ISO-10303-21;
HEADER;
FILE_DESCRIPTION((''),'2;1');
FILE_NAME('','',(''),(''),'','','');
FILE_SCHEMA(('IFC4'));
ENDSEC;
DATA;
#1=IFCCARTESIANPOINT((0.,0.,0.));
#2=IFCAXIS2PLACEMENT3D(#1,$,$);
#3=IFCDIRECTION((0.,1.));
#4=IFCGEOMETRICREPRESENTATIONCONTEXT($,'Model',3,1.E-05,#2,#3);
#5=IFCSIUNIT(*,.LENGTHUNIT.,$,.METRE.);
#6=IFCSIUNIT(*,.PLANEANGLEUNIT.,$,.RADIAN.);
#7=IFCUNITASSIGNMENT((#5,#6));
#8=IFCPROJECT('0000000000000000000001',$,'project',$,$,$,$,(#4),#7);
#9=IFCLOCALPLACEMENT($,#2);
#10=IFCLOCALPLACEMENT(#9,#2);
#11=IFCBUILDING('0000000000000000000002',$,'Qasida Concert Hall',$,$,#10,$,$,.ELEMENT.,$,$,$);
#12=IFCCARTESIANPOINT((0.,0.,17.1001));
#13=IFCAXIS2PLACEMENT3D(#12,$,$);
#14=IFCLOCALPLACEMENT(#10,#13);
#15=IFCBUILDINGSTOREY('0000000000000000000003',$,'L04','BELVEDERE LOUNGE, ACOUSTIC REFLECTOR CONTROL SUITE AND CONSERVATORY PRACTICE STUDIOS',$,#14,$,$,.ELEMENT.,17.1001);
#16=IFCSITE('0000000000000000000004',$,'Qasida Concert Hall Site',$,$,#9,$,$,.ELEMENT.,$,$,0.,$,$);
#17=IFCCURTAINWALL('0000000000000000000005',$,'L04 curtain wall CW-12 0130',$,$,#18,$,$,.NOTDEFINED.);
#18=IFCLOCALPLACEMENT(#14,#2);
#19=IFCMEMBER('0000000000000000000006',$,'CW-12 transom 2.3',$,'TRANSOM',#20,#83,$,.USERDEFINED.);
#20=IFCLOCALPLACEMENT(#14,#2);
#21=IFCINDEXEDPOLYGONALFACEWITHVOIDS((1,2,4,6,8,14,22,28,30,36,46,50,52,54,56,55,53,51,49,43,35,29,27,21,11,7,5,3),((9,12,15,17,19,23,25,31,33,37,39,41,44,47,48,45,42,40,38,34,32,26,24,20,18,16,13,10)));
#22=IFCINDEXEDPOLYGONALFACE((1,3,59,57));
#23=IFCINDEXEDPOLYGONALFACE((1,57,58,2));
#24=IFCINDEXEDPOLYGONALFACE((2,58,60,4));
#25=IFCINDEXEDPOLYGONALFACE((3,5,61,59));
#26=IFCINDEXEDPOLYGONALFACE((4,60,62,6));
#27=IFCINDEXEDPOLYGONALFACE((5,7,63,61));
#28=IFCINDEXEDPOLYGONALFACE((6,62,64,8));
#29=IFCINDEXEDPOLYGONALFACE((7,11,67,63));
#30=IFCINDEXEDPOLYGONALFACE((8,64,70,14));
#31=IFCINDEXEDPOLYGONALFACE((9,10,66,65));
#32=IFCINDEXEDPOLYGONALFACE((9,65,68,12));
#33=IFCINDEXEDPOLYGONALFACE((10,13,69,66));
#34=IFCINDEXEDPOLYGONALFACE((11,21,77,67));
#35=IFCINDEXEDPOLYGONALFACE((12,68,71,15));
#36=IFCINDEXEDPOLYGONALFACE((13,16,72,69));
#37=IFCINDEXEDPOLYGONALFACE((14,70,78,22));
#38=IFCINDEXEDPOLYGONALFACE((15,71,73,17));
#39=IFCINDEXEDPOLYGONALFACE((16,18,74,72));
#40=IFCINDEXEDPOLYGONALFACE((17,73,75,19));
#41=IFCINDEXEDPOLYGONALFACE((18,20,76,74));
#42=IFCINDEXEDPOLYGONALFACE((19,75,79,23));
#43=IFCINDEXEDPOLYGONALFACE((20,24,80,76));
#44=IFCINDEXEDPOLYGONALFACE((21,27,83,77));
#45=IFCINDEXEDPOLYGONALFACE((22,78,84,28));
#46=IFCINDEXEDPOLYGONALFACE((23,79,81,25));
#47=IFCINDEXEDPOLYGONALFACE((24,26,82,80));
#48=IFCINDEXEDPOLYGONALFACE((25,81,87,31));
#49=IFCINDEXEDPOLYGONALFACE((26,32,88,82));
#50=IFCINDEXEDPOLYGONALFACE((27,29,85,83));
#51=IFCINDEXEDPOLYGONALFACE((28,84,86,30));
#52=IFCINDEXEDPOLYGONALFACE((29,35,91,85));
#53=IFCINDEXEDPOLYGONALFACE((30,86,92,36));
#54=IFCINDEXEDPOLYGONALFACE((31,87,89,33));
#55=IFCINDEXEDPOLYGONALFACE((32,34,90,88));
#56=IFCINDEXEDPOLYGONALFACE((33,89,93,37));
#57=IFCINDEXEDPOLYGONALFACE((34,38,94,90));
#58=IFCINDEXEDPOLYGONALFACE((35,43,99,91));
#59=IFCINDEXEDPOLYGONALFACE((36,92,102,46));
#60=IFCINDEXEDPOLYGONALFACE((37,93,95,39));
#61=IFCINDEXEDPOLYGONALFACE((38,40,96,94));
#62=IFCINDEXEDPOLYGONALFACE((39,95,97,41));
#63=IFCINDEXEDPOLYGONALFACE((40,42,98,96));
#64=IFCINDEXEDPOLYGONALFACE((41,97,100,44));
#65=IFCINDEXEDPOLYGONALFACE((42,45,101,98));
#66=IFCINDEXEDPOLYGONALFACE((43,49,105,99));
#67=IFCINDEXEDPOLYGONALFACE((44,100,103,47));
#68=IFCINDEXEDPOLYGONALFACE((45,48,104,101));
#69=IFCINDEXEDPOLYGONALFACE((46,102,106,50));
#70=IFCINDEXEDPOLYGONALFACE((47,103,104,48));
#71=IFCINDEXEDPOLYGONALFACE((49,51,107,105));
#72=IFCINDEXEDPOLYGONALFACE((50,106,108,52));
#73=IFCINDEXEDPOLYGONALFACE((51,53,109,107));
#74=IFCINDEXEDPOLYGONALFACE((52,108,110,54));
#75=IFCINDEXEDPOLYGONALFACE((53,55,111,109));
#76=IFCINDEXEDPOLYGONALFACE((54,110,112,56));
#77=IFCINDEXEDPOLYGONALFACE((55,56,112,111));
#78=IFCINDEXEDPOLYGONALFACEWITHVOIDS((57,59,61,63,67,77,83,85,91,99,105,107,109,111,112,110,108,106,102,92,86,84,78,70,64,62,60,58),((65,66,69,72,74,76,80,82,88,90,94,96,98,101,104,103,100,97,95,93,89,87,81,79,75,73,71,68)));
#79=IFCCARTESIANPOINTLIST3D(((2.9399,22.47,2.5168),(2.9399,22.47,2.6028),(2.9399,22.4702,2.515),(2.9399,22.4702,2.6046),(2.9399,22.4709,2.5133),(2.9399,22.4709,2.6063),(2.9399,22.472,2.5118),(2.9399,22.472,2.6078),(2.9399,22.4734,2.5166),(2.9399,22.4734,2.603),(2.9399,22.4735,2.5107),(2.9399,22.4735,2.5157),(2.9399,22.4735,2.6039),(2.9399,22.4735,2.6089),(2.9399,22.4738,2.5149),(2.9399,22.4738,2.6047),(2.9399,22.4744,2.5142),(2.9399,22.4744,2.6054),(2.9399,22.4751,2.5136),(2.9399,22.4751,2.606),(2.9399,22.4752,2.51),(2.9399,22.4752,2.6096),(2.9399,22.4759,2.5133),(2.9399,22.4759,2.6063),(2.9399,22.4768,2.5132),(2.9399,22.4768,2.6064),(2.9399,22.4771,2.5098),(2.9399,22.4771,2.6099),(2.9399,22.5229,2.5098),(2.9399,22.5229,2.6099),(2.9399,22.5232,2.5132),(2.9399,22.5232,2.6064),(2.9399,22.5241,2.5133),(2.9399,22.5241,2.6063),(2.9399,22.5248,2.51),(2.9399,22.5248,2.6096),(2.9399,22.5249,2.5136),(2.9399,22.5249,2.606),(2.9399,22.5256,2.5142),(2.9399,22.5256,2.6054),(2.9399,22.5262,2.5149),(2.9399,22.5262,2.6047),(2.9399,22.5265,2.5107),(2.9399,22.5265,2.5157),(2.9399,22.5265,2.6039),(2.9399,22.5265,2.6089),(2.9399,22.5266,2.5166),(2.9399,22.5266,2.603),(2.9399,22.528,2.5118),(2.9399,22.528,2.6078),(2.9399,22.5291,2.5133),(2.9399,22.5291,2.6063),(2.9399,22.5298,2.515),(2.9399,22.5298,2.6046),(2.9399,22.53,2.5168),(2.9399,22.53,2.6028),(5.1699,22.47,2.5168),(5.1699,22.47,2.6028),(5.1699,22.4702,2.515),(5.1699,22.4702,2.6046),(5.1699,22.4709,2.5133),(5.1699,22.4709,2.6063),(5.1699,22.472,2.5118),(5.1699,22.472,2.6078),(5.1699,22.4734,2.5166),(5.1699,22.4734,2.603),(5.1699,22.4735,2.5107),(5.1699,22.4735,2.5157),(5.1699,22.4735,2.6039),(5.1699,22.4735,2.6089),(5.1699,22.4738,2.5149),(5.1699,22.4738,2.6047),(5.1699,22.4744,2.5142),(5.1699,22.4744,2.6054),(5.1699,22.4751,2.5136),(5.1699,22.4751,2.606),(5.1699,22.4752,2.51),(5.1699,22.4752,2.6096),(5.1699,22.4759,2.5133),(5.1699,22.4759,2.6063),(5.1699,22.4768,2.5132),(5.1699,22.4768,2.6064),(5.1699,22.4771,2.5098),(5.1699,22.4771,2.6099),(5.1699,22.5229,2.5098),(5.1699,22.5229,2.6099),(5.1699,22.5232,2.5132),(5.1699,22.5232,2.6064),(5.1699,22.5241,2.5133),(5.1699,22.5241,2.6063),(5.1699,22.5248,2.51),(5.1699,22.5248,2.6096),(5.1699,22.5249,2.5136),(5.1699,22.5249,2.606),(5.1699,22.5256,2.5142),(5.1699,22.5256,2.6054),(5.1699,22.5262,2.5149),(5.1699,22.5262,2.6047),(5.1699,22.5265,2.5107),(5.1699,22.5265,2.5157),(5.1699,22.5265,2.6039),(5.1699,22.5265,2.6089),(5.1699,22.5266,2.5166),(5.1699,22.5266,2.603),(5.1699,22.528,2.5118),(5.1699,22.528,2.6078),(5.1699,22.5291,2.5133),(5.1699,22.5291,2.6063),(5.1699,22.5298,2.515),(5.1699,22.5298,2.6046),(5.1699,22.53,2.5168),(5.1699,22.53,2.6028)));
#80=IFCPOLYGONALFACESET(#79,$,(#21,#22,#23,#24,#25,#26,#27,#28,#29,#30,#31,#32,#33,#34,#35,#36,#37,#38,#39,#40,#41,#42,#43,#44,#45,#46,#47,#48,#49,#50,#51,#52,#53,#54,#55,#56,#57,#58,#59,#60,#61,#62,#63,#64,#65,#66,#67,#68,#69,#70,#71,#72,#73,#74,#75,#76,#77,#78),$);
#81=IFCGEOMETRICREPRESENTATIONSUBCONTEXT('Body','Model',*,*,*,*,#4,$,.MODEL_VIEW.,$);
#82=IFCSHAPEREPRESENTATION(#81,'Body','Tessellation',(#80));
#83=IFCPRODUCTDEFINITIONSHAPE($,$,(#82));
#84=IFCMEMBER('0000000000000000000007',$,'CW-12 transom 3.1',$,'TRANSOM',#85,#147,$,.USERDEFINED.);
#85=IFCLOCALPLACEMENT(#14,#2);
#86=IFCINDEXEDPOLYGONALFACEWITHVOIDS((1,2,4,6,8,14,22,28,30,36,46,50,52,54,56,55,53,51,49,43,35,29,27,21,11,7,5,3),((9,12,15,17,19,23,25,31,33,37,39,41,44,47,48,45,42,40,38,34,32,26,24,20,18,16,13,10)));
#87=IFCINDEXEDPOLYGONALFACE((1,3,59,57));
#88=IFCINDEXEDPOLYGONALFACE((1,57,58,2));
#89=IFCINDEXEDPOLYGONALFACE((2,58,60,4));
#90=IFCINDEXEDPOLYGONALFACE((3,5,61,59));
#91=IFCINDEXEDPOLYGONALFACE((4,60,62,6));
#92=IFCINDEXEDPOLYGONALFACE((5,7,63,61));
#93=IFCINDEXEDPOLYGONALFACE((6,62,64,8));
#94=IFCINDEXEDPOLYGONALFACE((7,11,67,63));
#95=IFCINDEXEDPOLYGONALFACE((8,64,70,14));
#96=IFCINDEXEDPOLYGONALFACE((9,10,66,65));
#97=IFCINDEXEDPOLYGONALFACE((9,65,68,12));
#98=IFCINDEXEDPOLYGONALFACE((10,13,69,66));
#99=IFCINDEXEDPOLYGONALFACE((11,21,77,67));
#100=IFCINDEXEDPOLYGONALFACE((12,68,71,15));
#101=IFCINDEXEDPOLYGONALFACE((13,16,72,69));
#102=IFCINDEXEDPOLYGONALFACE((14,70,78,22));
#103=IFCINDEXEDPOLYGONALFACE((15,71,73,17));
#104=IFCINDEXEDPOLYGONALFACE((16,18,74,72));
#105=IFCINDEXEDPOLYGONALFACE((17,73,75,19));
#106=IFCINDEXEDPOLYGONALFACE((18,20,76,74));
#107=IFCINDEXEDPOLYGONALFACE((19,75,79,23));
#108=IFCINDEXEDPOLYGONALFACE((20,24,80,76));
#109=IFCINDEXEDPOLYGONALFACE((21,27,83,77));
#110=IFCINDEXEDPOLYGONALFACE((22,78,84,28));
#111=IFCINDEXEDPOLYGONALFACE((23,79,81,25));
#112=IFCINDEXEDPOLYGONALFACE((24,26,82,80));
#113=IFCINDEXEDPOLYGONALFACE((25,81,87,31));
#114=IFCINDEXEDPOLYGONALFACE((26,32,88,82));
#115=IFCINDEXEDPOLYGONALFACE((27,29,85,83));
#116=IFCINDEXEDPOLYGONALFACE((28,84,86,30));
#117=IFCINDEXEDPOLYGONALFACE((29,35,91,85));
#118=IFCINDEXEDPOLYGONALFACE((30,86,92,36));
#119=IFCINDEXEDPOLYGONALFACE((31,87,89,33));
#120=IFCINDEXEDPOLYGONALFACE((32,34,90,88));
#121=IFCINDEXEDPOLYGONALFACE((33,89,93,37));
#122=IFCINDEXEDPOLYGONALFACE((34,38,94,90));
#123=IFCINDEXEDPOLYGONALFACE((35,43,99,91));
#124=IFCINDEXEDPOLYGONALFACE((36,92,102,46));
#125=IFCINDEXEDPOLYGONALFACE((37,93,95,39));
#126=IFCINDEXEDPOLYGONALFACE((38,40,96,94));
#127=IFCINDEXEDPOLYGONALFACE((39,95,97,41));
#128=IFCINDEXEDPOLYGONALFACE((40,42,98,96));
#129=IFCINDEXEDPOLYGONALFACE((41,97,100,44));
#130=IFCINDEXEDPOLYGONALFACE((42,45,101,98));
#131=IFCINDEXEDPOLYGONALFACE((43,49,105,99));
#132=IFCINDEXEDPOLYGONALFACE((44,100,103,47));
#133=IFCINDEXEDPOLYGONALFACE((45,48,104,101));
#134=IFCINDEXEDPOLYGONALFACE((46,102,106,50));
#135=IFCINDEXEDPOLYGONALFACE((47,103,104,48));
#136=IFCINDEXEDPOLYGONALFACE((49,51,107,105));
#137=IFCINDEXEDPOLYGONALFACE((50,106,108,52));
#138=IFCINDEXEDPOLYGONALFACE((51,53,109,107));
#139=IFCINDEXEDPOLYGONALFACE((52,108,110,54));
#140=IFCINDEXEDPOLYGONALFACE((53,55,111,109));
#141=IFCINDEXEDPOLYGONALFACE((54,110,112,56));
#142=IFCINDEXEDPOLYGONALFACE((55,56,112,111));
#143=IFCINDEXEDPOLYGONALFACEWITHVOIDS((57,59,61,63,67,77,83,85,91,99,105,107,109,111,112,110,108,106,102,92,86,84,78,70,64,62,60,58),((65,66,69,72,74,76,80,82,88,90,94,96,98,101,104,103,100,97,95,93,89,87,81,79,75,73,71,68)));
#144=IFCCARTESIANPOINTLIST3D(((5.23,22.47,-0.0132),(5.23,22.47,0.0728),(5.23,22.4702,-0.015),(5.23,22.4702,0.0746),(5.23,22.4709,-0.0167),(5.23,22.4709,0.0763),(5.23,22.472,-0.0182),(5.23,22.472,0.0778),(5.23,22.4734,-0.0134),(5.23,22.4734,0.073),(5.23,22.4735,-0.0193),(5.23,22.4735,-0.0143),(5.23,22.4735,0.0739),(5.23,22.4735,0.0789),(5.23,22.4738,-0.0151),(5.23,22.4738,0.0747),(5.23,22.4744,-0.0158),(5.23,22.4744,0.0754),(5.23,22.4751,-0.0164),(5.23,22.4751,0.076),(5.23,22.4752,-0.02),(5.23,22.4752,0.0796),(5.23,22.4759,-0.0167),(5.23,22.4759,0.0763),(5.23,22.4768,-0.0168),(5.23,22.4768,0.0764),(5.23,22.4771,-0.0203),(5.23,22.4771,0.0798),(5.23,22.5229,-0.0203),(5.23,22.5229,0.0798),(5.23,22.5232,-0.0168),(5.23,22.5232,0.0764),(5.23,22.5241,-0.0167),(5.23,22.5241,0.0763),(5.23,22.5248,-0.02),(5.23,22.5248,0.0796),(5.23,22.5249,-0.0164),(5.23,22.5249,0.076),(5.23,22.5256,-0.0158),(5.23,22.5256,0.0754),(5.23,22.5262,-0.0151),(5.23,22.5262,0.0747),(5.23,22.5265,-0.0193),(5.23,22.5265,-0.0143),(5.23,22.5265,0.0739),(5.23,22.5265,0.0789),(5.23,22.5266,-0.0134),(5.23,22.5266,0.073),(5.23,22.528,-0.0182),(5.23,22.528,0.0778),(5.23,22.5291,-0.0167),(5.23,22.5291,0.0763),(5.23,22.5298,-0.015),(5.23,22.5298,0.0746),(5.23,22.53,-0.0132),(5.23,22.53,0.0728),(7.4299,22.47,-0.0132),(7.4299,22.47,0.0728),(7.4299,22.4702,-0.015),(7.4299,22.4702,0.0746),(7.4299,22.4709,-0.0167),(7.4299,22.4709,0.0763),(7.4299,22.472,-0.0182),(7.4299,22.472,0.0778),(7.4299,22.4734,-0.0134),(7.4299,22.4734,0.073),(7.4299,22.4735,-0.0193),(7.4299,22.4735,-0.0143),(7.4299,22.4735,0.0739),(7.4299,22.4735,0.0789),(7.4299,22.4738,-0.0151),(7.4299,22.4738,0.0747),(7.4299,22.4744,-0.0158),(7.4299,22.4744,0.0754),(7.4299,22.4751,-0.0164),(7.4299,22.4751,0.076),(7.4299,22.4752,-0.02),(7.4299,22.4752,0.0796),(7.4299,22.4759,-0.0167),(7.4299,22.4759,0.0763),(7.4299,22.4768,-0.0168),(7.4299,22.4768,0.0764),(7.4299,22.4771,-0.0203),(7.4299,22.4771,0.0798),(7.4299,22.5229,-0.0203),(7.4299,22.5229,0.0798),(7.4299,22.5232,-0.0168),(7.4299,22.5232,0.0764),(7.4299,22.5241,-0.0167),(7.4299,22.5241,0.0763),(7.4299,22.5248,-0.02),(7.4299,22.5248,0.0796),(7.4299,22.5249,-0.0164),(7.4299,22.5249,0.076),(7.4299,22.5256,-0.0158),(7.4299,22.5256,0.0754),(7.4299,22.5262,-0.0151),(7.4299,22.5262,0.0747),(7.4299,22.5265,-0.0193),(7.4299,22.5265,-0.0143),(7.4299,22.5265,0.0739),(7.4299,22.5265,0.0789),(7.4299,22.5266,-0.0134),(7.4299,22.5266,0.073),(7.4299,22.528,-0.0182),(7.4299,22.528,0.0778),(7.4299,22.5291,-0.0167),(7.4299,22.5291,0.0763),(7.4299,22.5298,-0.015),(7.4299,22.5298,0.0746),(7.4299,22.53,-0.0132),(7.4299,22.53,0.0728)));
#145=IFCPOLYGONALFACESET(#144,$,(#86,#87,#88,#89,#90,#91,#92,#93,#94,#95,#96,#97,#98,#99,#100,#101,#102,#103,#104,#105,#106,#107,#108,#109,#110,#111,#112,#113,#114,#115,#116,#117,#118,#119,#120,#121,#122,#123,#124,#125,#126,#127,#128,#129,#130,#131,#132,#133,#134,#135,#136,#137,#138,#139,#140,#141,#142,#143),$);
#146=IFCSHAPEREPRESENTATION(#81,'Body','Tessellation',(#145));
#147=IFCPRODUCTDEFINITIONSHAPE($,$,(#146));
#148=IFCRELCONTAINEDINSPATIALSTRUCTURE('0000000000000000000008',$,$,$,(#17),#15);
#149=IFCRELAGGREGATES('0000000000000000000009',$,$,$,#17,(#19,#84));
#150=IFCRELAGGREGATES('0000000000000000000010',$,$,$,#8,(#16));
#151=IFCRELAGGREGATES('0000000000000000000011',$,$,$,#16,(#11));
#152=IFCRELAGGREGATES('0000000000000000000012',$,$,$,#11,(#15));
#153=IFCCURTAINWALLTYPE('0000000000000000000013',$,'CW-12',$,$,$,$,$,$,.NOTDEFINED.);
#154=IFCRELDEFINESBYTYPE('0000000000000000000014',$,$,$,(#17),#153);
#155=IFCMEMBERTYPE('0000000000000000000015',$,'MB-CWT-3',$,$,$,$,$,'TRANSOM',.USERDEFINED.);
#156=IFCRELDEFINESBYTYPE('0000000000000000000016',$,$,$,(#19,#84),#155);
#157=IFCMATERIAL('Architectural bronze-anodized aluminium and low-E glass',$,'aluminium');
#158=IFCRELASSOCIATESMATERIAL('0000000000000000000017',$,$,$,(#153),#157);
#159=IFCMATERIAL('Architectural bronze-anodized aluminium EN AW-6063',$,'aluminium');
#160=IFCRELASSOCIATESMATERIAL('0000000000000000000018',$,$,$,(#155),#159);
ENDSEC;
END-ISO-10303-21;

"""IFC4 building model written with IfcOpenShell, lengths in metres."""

from ifc_helpers import new_model, si_unit, direction, frame, origin, origin_2d, place, context, subcontext, project, spatial, hollow_rectangle, extrude, material, material_profile, profile_set, type_object, element, aggregate, save


model = new_model("IFC4")

# Units and contexts
model_context = context("Model", 3, precision=1e-05, world=origin(), true_north=direction((0.0, 1.0)))
body_context = subcontext(model_context, "Body", "Model", "MODEL_VIEW")
ifc_project = project(units=[si_unit("LENGTHUNIT", "METRE"), si_unit("PLANEANGLEUNIT", "RADIAN")], contexts=[model_context])

# Site, building, storey
site_placement = place(None, origin())
site = spatial("IfcSite", under=ifc_project, at=site_placement, Name="Qasida Concert Hall Site", CompositionType="ELEMENT", RefElevation=0.0)
building_placement = place(site_placement, origin())
building = spatial("IfcBuilding", under=site, at=building_placement, Name="Qasida Concert Hall", CompositionType="ELEMENT")
storey_placement = place(building_placement, frame((0.0, 0.0, 17.1001)))
storey = spatial("IfcBuildingStorey", under=building, at=storey_placement, Name="L04", Description="BELVEDERE LOUNGE, ACOUSTIC REFLECTOR CONTROL SUITE AND CONSERVATORY PRACTICE STUDIOS", CompositionType="ELEMENT", Elevation=17.1001)

# Curtain wall, members
ifc_material_1 = material(Name="Architectural bronze-anodized aluminium and low-E glass", Category="aluminium")
curtain_wall_type = type_object("IfcCurtainWallType", Name="CW-12", PredefinedType="NOTDEFINED", material=ifc_material_1)
curtain_wall_placement = place(storey_placement, origin())
curtain_wall = element("IfcCurtainWall", 1, at=curtain_wall_placement, inside=storey, type_object=curtain_wall_type, Name="L04 curtain wall CW-12 0130", PredefinedType="NOTDEFINED")
ifc_material_2 = material(Name="Architectural bronze-anodized aluminium EN AW-6063", Category="aluminium")
ifc_material_profile_1 = material_profile(ifc_material_2, hollow_rectangle(XDim=0.0601, YDim=0.1001, WallThickness=0.0034, InnerFilletRadius=0.0034, OuterFilletRadius=0.0071, at=origin_2d()), Name="CWT 100x60x3.5")
ifc_profile_set_1 = profile_set([ifc_material_profile_1], Name="Architectural bronze-anodized aluminium EN AW-6063")
member_type_1 = type_object("IfcMemberType", Name="MB-CWT-3", ElementType="TRANSOM", PredefinedType="USERDEFINED", material=ifc_profile_set_1)
member_1_placement = place(storey_placement, frame((2.9399, 22.5, 2.5598), z_axis=(1.0, 0.0, 0.0), x_axis=(0.0, 1.0, 0.0)))
member_1 = element("IfcMember", 2, at=member_1_placement, type_object=member_type_1, Name="CW-12 transom 2.3", ObjectType="TRANSOM", PredefinedType="USERDEFINED", context=body_context, shape_type="SweptSolid", body=[
    extrude(hollow_rectangle(XDim=0.0601, YDim=0.1001, WallThickness=0.0034, InnerFilletRadius=0.0034, OuterFilletRadius=0.0071, at=origin_2d()), origin(), (0.0, 0.0, 1.0), 2.23),
])
member_2_placement = place(storey_placement, frame((5.23, 22.5, 0.0298), z_axis=(1.0, 0.0, 0.0), x_axis=(0.0, 1.0, 0.0)))
member_2 = element("IfcMember", 3, at=member_2_placement, type_object=member_type_1, Name="CW-12 transom 3.1", ObjectType="TRANSOM", PredefinedType="USERDEFINED", context=body_context, shape_type="SweptSolid", body=[
    extrude(hollow_rectangle(XDim=0.0601, YDim=0.1001, WallThickness=0.0034, InnerFilletRadius=0.0034, OuterFilletRadius=0.0071, at=origin_2d()), origin(), (0.0, 0.0, 1.0), 2.2),
])
aggregate(curtain_wall, [member_1, member_2])

save(model, "model.ifc")
